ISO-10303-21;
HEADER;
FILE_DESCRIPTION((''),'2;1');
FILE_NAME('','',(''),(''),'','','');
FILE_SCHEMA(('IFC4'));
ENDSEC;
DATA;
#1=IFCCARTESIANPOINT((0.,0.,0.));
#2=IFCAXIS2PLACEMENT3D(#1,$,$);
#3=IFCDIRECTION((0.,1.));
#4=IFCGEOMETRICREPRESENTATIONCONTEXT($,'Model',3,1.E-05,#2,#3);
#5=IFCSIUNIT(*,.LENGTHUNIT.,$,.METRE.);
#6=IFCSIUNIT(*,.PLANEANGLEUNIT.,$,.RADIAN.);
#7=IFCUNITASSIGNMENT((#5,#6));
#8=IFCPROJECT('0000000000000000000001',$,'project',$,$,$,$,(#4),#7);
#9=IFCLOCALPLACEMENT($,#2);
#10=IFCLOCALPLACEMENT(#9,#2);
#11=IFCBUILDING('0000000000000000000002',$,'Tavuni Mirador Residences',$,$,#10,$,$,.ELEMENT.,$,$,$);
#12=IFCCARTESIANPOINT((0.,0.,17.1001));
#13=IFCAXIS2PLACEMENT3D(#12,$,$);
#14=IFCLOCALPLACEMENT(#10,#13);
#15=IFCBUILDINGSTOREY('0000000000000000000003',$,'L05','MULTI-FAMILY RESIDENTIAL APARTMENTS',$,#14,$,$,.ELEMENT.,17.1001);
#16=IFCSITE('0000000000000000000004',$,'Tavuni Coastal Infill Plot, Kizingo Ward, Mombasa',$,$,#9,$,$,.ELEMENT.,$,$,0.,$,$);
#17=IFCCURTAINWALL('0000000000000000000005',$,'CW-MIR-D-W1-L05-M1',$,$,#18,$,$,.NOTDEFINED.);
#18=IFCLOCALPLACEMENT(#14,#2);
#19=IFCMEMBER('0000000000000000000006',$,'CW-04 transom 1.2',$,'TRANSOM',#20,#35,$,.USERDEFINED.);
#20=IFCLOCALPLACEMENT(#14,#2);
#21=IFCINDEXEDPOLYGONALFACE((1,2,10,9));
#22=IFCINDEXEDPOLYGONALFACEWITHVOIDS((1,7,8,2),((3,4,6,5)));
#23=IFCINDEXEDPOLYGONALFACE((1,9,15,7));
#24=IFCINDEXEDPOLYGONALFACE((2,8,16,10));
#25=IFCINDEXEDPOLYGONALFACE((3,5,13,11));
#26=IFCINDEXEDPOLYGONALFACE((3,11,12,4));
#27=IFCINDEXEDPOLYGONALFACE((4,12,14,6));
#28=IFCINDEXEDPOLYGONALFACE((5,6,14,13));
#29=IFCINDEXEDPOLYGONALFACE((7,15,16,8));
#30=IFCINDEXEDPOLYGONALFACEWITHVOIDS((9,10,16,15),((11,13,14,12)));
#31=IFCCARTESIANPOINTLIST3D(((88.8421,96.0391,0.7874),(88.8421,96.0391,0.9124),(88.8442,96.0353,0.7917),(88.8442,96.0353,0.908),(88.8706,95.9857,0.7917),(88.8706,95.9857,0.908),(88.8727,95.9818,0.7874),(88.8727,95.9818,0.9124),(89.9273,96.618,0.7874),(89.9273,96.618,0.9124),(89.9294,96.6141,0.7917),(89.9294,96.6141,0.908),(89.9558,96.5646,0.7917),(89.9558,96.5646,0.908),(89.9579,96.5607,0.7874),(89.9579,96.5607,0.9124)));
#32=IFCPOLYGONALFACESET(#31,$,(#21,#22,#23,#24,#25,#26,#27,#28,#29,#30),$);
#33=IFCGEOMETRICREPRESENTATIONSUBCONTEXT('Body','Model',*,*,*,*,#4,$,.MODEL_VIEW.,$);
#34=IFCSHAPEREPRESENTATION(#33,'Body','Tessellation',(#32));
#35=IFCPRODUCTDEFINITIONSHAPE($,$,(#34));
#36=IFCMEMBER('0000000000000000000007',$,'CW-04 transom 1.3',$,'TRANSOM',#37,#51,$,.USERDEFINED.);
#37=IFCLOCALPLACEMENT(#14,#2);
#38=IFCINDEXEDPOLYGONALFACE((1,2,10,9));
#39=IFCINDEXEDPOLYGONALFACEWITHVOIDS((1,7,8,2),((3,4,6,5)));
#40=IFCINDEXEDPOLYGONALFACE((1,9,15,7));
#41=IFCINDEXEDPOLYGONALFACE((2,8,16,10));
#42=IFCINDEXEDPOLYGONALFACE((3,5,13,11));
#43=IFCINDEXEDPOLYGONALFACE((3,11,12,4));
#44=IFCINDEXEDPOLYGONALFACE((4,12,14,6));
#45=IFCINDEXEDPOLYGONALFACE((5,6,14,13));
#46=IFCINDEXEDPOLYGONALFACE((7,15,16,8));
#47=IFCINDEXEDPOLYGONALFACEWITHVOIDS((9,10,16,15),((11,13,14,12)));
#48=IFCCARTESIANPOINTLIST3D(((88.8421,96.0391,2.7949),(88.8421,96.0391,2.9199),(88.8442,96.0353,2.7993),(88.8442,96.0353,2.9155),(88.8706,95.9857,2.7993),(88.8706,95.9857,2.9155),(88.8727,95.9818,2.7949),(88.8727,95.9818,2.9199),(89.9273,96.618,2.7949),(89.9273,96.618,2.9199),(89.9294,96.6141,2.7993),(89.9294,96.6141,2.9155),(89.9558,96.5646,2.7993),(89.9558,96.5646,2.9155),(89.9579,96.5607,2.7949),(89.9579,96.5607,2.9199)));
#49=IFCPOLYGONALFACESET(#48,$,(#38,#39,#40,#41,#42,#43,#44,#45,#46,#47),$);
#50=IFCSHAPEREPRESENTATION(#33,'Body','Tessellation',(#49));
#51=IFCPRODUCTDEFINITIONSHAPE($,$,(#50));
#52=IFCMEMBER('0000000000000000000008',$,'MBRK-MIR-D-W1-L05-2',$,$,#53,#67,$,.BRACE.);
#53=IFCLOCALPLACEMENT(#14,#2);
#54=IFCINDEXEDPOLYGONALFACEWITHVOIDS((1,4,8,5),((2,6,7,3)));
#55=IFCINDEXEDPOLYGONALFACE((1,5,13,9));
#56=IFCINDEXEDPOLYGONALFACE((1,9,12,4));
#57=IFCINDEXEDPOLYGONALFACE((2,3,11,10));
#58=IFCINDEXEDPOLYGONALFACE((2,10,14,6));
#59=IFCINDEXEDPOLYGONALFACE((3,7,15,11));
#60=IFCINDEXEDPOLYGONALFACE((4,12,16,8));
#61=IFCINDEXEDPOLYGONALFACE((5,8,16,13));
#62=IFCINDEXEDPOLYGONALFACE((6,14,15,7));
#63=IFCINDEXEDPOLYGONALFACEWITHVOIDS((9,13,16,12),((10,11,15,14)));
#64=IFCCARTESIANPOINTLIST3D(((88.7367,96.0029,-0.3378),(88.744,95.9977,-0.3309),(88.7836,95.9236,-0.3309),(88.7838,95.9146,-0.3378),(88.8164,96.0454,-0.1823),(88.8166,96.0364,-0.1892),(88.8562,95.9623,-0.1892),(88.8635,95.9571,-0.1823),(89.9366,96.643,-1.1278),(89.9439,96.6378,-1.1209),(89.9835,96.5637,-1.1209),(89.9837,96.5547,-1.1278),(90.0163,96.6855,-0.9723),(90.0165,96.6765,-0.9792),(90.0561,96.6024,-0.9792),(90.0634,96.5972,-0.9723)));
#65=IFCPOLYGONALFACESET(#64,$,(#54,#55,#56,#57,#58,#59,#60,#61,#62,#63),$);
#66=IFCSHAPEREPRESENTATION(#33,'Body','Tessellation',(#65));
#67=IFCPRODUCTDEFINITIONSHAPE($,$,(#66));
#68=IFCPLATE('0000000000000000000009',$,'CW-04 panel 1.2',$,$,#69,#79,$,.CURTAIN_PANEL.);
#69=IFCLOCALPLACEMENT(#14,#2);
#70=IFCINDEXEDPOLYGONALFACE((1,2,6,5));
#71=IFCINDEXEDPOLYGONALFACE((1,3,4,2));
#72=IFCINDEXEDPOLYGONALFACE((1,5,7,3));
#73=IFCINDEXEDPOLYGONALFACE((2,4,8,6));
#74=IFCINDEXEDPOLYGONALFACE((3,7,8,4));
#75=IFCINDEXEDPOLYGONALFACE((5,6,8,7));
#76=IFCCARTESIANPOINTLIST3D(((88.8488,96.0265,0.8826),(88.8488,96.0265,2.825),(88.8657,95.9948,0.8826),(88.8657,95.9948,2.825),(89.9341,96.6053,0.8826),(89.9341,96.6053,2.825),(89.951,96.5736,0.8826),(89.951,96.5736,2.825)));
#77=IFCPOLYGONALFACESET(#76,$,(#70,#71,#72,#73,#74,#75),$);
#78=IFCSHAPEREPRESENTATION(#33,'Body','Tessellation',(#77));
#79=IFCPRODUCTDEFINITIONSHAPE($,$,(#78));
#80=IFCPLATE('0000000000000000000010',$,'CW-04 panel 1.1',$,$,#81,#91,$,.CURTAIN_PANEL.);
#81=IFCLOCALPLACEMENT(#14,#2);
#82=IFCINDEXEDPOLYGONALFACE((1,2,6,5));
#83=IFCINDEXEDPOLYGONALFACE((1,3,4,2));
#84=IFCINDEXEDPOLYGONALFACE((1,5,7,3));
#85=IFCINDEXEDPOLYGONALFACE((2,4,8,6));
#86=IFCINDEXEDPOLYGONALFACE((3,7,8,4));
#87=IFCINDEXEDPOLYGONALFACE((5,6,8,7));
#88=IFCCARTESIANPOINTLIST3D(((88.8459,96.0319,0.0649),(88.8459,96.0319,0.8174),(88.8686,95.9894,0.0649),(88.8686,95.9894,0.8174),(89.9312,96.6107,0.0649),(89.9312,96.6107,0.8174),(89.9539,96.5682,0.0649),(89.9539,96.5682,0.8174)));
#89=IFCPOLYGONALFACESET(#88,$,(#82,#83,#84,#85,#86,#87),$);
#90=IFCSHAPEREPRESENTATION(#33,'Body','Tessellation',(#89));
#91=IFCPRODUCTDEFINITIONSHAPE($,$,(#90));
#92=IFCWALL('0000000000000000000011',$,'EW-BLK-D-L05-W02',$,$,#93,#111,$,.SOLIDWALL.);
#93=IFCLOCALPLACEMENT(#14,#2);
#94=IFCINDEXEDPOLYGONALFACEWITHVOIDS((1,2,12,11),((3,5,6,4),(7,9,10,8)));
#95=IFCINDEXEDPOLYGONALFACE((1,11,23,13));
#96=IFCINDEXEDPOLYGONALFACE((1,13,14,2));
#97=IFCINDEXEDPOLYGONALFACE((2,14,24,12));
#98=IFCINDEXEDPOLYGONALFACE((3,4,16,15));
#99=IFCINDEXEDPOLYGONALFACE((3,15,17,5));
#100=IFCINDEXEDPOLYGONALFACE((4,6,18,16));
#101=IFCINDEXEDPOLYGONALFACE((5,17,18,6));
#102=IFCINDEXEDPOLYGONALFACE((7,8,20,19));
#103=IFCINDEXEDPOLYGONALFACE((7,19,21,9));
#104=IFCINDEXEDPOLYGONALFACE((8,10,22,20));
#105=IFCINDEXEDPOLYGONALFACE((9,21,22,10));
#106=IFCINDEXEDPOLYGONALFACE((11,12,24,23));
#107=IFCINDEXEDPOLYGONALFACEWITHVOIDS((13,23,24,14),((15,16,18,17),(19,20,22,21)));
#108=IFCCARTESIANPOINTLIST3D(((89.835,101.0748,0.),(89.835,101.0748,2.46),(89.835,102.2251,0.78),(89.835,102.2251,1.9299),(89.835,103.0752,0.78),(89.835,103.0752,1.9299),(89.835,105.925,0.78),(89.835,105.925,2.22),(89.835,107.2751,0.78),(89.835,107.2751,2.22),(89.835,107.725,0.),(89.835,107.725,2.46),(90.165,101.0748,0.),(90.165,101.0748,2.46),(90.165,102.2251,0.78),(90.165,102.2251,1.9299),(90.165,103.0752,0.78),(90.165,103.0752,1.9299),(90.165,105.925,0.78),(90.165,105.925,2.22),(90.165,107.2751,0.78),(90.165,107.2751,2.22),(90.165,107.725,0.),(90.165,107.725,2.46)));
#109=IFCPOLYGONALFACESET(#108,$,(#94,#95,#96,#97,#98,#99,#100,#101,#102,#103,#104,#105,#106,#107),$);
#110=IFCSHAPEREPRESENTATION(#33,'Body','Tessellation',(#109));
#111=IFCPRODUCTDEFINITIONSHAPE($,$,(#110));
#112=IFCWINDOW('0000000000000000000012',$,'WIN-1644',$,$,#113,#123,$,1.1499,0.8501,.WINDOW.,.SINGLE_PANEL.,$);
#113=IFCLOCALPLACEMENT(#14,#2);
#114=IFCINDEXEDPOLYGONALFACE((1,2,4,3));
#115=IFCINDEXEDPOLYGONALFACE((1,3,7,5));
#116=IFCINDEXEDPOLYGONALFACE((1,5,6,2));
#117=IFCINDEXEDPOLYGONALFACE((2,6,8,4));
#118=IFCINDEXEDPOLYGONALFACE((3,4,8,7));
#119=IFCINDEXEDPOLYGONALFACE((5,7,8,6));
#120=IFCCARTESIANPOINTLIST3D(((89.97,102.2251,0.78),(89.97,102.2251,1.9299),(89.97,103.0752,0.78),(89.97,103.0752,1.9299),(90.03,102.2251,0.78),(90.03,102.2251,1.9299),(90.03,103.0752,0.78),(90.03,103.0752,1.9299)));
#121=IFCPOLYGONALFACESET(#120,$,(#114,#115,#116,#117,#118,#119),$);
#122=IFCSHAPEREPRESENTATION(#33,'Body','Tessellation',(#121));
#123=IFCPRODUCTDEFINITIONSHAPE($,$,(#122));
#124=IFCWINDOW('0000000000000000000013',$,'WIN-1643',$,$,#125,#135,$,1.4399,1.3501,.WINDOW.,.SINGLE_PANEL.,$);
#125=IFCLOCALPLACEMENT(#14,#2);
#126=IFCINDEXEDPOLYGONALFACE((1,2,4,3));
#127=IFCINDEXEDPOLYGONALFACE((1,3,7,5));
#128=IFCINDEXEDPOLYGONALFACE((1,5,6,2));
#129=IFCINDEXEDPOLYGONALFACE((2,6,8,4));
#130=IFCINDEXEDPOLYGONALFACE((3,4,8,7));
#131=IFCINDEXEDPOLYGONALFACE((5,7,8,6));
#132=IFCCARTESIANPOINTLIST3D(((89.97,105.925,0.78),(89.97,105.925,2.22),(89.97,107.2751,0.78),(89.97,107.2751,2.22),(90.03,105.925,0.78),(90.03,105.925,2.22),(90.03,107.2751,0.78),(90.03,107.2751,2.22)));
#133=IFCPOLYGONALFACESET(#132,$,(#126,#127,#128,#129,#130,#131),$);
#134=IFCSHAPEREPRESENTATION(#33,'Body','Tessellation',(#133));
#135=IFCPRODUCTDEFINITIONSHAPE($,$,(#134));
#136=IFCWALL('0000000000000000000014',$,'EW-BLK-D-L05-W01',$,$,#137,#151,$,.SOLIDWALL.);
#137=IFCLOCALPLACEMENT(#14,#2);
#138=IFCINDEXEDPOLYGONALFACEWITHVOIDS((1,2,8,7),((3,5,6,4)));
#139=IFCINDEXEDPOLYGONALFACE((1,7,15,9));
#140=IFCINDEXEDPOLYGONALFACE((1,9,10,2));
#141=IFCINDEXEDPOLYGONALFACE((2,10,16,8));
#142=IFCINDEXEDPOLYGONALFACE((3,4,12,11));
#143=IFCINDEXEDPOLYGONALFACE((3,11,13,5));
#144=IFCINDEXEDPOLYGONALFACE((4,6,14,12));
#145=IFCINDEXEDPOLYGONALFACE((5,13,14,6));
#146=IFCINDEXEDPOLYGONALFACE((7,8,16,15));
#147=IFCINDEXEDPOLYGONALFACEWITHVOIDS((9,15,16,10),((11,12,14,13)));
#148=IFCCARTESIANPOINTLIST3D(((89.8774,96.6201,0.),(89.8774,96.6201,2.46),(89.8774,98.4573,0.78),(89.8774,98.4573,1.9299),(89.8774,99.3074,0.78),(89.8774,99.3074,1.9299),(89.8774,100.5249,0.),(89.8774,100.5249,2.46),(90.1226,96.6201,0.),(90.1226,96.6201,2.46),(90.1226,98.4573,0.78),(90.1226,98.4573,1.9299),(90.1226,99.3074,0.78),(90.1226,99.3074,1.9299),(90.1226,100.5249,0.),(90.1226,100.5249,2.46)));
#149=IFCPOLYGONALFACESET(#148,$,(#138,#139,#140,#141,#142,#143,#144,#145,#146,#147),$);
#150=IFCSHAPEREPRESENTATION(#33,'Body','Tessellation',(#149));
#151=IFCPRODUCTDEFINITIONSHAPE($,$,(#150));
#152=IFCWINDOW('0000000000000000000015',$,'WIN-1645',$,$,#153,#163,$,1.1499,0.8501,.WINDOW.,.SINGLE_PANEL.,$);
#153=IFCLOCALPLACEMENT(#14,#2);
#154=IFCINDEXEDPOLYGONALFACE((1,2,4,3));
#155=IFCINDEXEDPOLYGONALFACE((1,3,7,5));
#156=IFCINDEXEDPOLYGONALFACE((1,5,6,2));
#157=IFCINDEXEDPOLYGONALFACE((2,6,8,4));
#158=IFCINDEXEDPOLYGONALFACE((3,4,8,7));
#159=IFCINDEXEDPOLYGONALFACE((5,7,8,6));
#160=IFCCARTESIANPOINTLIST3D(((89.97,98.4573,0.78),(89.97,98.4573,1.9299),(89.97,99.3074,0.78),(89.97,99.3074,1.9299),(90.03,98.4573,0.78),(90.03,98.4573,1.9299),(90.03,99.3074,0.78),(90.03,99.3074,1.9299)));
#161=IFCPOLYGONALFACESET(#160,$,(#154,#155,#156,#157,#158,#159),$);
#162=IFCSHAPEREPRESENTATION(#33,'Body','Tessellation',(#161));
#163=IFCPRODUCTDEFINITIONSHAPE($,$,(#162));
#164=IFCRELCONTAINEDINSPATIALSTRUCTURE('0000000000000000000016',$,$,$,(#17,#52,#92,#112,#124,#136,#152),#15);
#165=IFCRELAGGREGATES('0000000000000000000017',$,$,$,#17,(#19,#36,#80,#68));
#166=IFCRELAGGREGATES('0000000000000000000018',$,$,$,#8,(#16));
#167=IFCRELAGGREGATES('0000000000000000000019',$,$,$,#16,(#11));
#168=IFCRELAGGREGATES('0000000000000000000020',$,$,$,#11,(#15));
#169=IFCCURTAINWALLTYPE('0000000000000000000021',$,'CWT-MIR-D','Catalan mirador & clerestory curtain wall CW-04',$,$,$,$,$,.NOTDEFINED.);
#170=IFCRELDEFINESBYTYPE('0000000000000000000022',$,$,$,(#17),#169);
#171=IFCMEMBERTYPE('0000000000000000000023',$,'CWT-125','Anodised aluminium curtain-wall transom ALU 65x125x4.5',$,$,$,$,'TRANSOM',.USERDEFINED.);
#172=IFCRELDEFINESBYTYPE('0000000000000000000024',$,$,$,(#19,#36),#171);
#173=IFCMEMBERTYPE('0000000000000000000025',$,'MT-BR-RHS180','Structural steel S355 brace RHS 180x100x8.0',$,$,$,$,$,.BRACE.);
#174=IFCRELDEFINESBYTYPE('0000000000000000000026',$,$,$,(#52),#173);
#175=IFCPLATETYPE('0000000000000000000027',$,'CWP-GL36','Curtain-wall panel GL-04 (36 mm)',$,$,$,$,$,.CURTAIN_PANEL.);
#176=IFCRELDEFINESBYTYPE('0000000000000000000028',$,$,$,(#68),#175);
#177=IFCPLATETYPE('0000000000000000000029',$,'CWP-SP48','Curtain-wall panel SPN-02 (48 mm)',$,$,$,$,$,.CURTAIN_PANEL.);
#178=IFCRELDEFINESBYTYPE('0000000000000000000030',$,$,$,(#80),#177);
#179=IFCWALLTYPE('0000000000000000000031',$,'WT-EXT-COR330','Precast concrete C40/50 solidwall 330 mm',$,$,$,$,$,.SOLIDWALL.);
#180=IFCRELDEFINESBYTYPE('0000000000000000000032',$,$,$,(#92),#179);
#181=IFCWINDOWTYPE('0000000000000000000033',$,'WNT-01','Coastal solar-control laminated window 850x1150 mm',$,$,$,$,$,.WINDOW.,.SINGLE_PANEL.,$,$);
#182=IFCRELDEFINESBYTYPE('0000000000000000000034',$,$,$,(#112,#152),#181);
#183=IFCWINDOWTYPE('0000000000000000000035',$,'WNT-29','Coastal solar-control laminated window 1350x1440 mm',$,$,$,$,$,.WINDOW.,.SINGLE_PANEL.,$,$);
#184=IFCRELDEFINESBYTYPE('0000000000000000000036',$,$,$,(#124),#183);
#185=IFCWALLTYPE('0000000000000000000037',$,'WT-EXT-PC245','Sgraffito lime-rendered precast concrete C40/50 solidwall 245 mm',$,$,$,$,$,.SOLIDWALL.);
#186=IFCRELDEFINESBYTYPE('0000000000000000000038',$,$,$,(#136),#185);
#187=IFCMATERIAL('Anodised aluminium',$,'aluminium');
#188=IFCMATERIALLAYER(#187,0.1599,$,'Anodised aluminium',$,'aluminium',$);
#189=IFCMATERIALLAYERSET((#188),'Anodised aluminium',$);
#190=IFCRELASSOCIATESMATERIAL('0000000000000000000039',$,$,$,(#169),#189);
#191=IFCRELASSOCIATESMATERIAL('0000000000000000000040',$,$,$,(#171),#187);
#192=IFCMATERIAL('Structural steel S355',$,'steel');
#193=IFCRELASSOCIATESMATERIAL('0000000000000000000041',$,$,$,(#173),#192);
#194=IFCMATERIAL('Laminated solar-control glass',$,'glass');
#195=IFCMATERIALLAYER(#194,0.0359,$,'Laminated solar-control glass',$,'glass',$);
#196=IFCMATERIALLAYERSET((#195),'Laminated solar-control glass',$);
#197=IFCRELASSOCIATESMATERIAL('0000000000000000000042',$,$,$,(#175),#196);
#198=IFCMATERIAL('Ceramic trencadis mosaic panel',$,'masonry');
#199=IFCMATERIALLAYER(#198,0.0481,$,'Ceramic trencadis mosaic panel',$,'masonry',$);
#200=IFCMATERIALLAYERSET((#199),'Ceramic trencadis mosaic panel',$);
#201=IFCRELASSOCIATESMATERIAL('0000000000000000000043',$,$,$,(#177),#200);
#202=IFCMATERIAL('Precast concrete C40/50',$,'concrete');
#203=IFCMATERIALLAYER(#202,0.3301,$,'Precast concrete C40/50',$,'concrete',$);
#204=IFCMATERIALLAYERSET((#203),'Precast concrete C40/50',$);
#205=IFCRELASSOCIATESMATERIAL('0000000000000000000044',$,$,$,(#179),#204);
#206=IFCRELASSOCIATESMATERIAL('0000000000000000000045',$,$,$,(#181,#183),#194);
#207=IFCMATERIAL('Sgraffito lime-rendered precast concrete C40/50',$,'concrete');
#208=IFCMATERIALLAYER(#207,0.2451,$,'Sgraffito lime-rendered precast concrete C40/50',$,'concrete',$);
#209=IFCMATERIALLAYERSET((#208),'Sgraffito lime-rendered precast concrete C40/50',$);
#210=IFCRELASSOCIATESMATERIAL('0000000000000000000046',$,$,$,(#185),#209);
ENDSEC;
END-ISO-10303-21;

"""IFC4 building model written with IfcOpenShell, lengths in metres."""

from ifc_helpers import new_model, si_unit, direction, frame, frame_2d, origin, origin_2d, place, context, subcontext, project, spatial, rectangle, hollow_rectangle, extrude, material, layer, layer_set, material_profile, profile_set, type_object, element, fill, aggregate, save


model = new_model("IFC4")

# Units and contexts
model_context = context("Model", 3, precision=1e-05, world=origin(), true_north=direction((0.0, 1.0)))
body_context = subcontext(model_context, "Body", "Model", "MODEL_VIEW")
ifc_project = project(units=[si_unit("LENGTHUNIT", "METRE"), si_unit("PLANEANGLEUNIT", "RADIAN")], contexts=[model_context])

# Site, building, storey
site_placement = place(None, origin())
site = spatial("IfcSite", under=ifc_project, at=site_placement, Name="Tavuni Coastal Infill Plot, Kizingo Ward, Mombasa", CompositionType="ELEMENT", RefElevation=0.0)
building_placement = place(site_placement, origin())
building = spatial("IfcBuilding", under=site, at=building_placement, Name="Tavuni Mirador Residences", CompositionType="ELEMENT")
storey_placement = place(building_placement, frame((0.0, 0.0, 17.1001)))
storey = spatial("IfcBuildingStorey", under=building, at=storey_placement, Name="L05", Description="MULTI-FAMILY RESIDENTIAL APARTMENTS", CompositionType="ELEMENT", Elevation=17.1001)

# Shared definitions
ifc_material_1 = material(Name="Precast concrete C40/50", Category="concrete")

# Shared definitions
ifc_material_2 = material(Name="Anodised aluminium", Category="aluminium")

# Curtain wall
ifc_layer_1 = layer(ifc_material_2, 0.1599, Name="Anodised aluminium", Category="aluminium")
ifc_layer_set_1 = layer_set([ifc_layer_1], Name="Anodised aluminium")
curtain_wall_type_1 = type_object("IfcCurtainWallType", Name="CWT-MIR-D", Description="Catalan mirador & clerestory curtain wall CW-04", PredefinedType="NOTDEFINED", material=ifc_layer_set_1)
curtain_wall_1_placement = place(storey_placement, origin())
curtain_wall_1 = element("IfcCurtainWall", 1, at=curtain_wall_1_placement, inside=storey, type_object=curtain_wall_type_1, Name="CW-MIR-D-W1-L05-M1", PredefinedType="NOTDEFINED")

# Members
ifc_material_profile_1 = material_profile(ifc_material_2, hollow_rectangle(XDim=0.0649, YDim=0.125, WallThickness=0.0044, at=origin_2d()), Name="ALU 65x125x4.5", Category="aluminium")
ifc_profile_set_1 = profile_set([ifc_material_profile_1], Name="Anodised aluminium")
member_type_1 = type_object("IfcMemberType", Name="CWT-125", Description="Anodised aluminium curtain-wall transom ALU 65x125x4.5", ElementType="TRANSOM", PredefinedType="USERDEFINED", material=ifc_profile_set_1)
member_1_placement = place(storey_placement, frame((89.9426, 96.5894, 0.8499), z_axis=(-0.882325, -0.47064, 0.0), x_axis=(0.47064, -0.882325, 0.0)))
member_1 = element("IfcMember", 2, at=member_1_placement, type_object=member_type_1, Name="CW-04 transom 1.2", ObjectType="TRANSOM", PredefinedType="USERDEFINED", context=body_context, shape_type="SweptSolid", body=[
    extrude(hollow_rectangle(XDim=0.0649, YDim=0.125, WallThickness=0.0044, at=origin_2d()), origin(), (0.0, 0.0, 1.0), 1.23),
])
member_2_placement = place(storey_placement, frame((89.9426, 96.5894, 2.8574), z_axis=(-0.882325, -0.47064, 0.0), x_axis=(0.47064, -0.882325, 0.0)))
member_2 = element("IfcMember", 3, at=member_2_placement, type_object=member_type_1, Name="CW-04 transom 1.3", ObjectType="TRANSOM", PredefinedType="USERDEFINED", context=body_context, shape_type="SweptSolid", body=[
    extrude(hollow_rectangle(XDim=0.0649, YDim=0.125, WallThickness=0.0044, at=origin_2d()), origin(), (0.0, 0.0, 1.0), 1.23),
])
ifc_material_3 = material(Name="Structural steel S355", Category="steel")
ifc_material_profile_2 = material_profile(ifc_material_3, hollow_rectangle(XDim=0.1001, YDim=0.1799, WallThickness=0.0081, at=origin_2d()), Name="RHS 180x100x8.0", Category="steel")
ifc_profile_set_2 = profile_set([ifc_material_profile_2], Name="Structural steel S355")
member_type_2 = type_object("IfcMemberType", Name="MT-BR-RHS180", Description="Structural steel S355 brace RHS 180x100x8.0", PredefinedType="BRACE", material=ifc_profile_set_2)
member_3_placement = place(storey_placement, frame((90.0, 96.6201, -1.05), z_axis=(-0.762921, -0.406995, 0.502302), x_axis=(0.470681, -0.882303, 0.0)))
element("IfcMember", 4, at=member_3_placement, inside=storey, type_object=member_type_2, Name="MBRK-MIR-D-W1-L05-2", PredefinedType="BRACE", context=body_context, shape_type="SweptSolid", body=[
    extrude(hollow_rectangle(XDim=0.1001, YDim=0.1799, WallThickness=0.0081, at=origin_2d()), origin(), (0.0, 0.0, 1.0), 1.5728),
])

# Plates
ifc_material_4 = material(Name="Laminated solar-control glass", Category="glass")
ifc_layer_2 = layer(ifc_material_4, 0.0359, Name="Laminated solar-control glass", Category="glass")
ifc_layer_set_2 = layer_set([ifc_layer_2], Name="Laminated solar-control glass")
plate_type_1 = type_object("IfcPlateType", Name="CWP-GL36", Description="Curtain-wall panel GL-04 (36 mm)", PredefinedType="CURTAIN_PANEL", material=ifc_layer_set_2)
plate_1_placement = place(storey_placement, frame((89.3999, 96.3, 0.8826), z_axis=(0.0, 0.0, 1.0), x_axis=(-0.882353, -0.470588, 0.0)))
plate_1 = element("IfcPlate", 5, at=plate_1_placement, type_object=plate_type_1, Name="CW-04 panel 1.2", PredefinedType="CURTAIN_PANEL", context=body_context, shape_type="SweptSolid", body=[
    extrude(rectangle(XDim=1.23, YDim=0.0359, at=origin_2d()), origin(), (0.0, 0.0, 1.0), 1.9424),
])
ifc_material_5 = material(Name="Ceramic trencadis mosaic panel", Category="masonry")
ifc_layer_3 = layer(ifc_material_5, 0.0481, Name="Ceramic trencadis mosaic panel", Category="masonry")
ifc_layer_set_3 = layer_set([ifc_layer_3], Name="Ceramic trencadis mosaic panel")
plate_type_2 = type_object("IfcPlateType", Name="CWP-SP48", Description="Curtain-wall panel SPN-02 (48 mm)", PredefinedType="CURTAIN_PANEL", material=ifc_layer_set_3)
plate_2_placement = place(storey_placement, frame((89.3999, 96.3, 0.0649), z_axis=(0.0, 0.0, 1.0), x_axis=(-0.882353, -0.470588, 0.0)))
plate_2 = element("IfcPlate", 6, at=plate_2_placement, type_object=plate_type_2, Name="CW-04 panel 1.1", PredefinedType="CURTAIN_PANEL", context=body_context, shape_type="SweptSolid", body=[
    extrude(rectangle(XDim=1.23, YDim=0.0481, at=origin_2d()), origin(), (0.0, 0.0, 1.0), 0.7524),
])
aggregate(curtain_wall_1, [member_1, member_2, plate_2, plate_1])

# Wall, openings, windows
ifc_layer_4 = layer(ifc_material_1, 0.3301, Name="Precast concrete C40/50", Category="concrete")
ifc_layer_set_4 = layer_set([ifc_layer_4], Name="Precast concrete C40/50")
wall_type_1 = type_object("IfcWallType", Name="WT-EXT-COR330", Description="Precast concrete C40/50 solidwall 330 mm", PredefinedType="SOLIDWALL", material=ifc_layer_set_4)
wall_1_placement = place(storey_placement, frame((90.0, 107.7251, 0.0), z_axis=(0.0, 0.0, 1.0), x_axis=(0.0, -1.0, 0.0)))
wall_1 = element("IfcWall", 7, at=wall_1_placement, inside=storey, type_object=wall_type_1, Name="EW-BLK-D-L05-W02", PredefinedType="SOLIDWALL", context=body_context, shape_type="SweptSolid", body=[
    extrude(rectangle(XDim=6.6501, YDim=0.3301, at=frame_2d((3.3252, 0.0))), origin(), (0.0, 0.0, 1.0), 2.46),
])
opening_1_placement = place(wall_1_placement, frame((0.45, 0.0, 0.78)))
opening_1 = element("IfcOpeningElement", 8, at=opening_1_placement, cuts=wall_1, PredefinedType="OPENING", context=body_context, shape_type="SweptSolid", body=[
    extrude(rectangle(XDim=1.3501, YDim=1.4399, at=frame_2d((0.675, 0.72))), frame((0.0, 0.175, 0.0), z_axis=(0.0, -1.0, 0.0), x_axis=(1.0, 0.0, 0.0)), (0.0, 0.0, 1.0), 0.3501),
])
opening_2_placement = place(wall_1_placement, frame((4.6499, 0.0, 0.78)))
opening_2 = element("IfcOpeningElement", 9, at=opening_2_placement, cuts=wall_1, PredefinedType="OPENING", context=body_context, shape_type="SweptSolid", body=[
    extrude(rectangle(XDim=0.8501, YDim=1.1499, at=frame_2d((0.425, 0.575))), frame((0.0, 0.175, 0.0), z_axis=(0.0, -1.0, 0.0), x_axis=(1.0, 0.0, 0.0)), (0.0, 0.0, 1.0), 0.3501),
])
window_type_1 = type_object("IfcWindowType", Name="WNT-01", Description="Coastal solar-control laminated window 850x1150 mm", PartitioningType="SINGLE_PANEL", PredefinedType="WINDOW", material=ifc_material_4)
window_1_placement = place(opening_2_placement, origin())
window_1 = element("IfcWindow", 10, at=window_1_placement, inside=storey, type_object=window_type_1, Name="WIN-1644", OverallHeight=1.1499, OverallWidth=0.8501, PartitioningType="SINGLE_PANEL", PredefinedType="WINDOW", context=body_context, shape_type="SweptSolid", body=[
    extrude(rectangle(XDim=0.8501, YDim=1.1499, at=frame_2d((0.425, 0.575))), frame((0.0, 0.03, 0.0), z_axis=(0.0, -1.0, 0.0), x_axis=(1.0, 0.0, 0.0)), (0.0, 0.0, 1.0), 0.0601),
])
fill(opening_2, window_1)
window_type_2 = type_object("IfcWindowType", Name="WNT-29", Description="Coastal solar-control laminated window 1350x1440 mm", PartitioningType="SINGLE_PANEL", PredefinedType="WINDOW", material=ifc_material_4)
window_2_placement = place(opening_1_placement, origin())
window_2 = element("IfcWindow", 11, at=window_2_placement, inside=storey, type_object=window_type_2, Name="WIN-1643", OverallHeight=1.4399, OverallWidth=1.3501, PartitioningType="SINGLE_PANEL", PredefinedType="WINDOW", context=body_context, shape_type="SweptSolid", body=[
    extrude(rectangle(XDim=1.3501, YDim=1.4399, at=frame_2d((0.675, 0.72))), frame((0.0, 0.03, 0.0), z_axis=(0.0, -1.0, 0.0), x_axis=(1.0, 0.0, 0.0)), (0.0, 0.0, 1.0), 0.0601),
])
fill(opening_1, window_2)

# Wall, opening, window
ifc_material_6 = material(Name="Sgraffito lime-rendered precast concrete C40/50", Category="concrete")
ifc_layer_5 = layer(ifc_material_6, 0.2451, Name="Sgraffito lime-rendered precast concrete C40/50", Category="concrete")
ifc_layer_set_5 = layer_set([ifc_layer_5], Name="Sgraffito lime-rendered precast concrete C40/50")
wall_type_2 = type_object("IfcWallType", Name="WT-EXT-PC245", Description="Sgraffito lime-rendered precast concrete C40/50 solidwall 245 mm", PredefinedType="SOLIDWALL", material=ifc_layer_set_5)
wall_2_placement = place(storey_placement, frame((90.0, 100.5249, 0.0), z_axis=(0.0, 0.0, 1.0), x_axis=(0.0, -1.0, 0.0)))
wall_2 = element("IfcWall", 12, at=wall_2_placement, inside=storey, type_object=wall_type_2, Name="EW-BLK-D-L05-W01", PredefinedType="SOLIDWALL", context=body_context, shape_type="SweptSolid", body=[
    extrude(rectangle(XDim=3.9048, YDim=0.2451, at=frame_2d((1.9524, 0.0))), origin(), (0.0, 0.0, 1.0), 2.46),
])
opening_3_placement = place(wall_2_placement, frame((1.2175, 0.0, 0.78)))
opening_3 = element("IfcOpeningElement", 13, at=opening_3_placement, cuts=wall_2, PredefinedType="OPENING", context=body_context, shape_type="SweptSolid", body=[
    extrude(rectangle(XDim=0.8501, YDim=1.1499, at=frame_2d((0.425, 0.575))), frame((0.0, 0.1326, 0.0), z_axis=(0.0, -1.0, 0.0), x_axis=(1.0, 0.0, 0.0)), (0.0, 0.0, 1.0), 0.2651),
])
window_3_placement = place(opening_3_placement, origin())
window_3 = element("IfcWindow", 14, at=window_3_placement, inside=storey, type_object=window_type_1, Name="WIN-1645", OverallHeight=1.1499, OverallWidth=0.8501, PartitioningType="SINGLE_PANEL", PredefinedType="WINDOW", context=body_context, shape_type="SweptSolid", body=[
    extrude(rectangle(XDim=0.8501, YDim=1.1499, at=frame_2d((0.425, 0.575))), frame((0.0, 0.03, 0.0), z_axis=(0.0, -1.0, 0.0), x_axis=(1.0, 0.0, 0.0)), (0.0, 0.0, 1.0), 0.0601),
])
fill(opening_3, window_3)

save(model, "model.ifc")
